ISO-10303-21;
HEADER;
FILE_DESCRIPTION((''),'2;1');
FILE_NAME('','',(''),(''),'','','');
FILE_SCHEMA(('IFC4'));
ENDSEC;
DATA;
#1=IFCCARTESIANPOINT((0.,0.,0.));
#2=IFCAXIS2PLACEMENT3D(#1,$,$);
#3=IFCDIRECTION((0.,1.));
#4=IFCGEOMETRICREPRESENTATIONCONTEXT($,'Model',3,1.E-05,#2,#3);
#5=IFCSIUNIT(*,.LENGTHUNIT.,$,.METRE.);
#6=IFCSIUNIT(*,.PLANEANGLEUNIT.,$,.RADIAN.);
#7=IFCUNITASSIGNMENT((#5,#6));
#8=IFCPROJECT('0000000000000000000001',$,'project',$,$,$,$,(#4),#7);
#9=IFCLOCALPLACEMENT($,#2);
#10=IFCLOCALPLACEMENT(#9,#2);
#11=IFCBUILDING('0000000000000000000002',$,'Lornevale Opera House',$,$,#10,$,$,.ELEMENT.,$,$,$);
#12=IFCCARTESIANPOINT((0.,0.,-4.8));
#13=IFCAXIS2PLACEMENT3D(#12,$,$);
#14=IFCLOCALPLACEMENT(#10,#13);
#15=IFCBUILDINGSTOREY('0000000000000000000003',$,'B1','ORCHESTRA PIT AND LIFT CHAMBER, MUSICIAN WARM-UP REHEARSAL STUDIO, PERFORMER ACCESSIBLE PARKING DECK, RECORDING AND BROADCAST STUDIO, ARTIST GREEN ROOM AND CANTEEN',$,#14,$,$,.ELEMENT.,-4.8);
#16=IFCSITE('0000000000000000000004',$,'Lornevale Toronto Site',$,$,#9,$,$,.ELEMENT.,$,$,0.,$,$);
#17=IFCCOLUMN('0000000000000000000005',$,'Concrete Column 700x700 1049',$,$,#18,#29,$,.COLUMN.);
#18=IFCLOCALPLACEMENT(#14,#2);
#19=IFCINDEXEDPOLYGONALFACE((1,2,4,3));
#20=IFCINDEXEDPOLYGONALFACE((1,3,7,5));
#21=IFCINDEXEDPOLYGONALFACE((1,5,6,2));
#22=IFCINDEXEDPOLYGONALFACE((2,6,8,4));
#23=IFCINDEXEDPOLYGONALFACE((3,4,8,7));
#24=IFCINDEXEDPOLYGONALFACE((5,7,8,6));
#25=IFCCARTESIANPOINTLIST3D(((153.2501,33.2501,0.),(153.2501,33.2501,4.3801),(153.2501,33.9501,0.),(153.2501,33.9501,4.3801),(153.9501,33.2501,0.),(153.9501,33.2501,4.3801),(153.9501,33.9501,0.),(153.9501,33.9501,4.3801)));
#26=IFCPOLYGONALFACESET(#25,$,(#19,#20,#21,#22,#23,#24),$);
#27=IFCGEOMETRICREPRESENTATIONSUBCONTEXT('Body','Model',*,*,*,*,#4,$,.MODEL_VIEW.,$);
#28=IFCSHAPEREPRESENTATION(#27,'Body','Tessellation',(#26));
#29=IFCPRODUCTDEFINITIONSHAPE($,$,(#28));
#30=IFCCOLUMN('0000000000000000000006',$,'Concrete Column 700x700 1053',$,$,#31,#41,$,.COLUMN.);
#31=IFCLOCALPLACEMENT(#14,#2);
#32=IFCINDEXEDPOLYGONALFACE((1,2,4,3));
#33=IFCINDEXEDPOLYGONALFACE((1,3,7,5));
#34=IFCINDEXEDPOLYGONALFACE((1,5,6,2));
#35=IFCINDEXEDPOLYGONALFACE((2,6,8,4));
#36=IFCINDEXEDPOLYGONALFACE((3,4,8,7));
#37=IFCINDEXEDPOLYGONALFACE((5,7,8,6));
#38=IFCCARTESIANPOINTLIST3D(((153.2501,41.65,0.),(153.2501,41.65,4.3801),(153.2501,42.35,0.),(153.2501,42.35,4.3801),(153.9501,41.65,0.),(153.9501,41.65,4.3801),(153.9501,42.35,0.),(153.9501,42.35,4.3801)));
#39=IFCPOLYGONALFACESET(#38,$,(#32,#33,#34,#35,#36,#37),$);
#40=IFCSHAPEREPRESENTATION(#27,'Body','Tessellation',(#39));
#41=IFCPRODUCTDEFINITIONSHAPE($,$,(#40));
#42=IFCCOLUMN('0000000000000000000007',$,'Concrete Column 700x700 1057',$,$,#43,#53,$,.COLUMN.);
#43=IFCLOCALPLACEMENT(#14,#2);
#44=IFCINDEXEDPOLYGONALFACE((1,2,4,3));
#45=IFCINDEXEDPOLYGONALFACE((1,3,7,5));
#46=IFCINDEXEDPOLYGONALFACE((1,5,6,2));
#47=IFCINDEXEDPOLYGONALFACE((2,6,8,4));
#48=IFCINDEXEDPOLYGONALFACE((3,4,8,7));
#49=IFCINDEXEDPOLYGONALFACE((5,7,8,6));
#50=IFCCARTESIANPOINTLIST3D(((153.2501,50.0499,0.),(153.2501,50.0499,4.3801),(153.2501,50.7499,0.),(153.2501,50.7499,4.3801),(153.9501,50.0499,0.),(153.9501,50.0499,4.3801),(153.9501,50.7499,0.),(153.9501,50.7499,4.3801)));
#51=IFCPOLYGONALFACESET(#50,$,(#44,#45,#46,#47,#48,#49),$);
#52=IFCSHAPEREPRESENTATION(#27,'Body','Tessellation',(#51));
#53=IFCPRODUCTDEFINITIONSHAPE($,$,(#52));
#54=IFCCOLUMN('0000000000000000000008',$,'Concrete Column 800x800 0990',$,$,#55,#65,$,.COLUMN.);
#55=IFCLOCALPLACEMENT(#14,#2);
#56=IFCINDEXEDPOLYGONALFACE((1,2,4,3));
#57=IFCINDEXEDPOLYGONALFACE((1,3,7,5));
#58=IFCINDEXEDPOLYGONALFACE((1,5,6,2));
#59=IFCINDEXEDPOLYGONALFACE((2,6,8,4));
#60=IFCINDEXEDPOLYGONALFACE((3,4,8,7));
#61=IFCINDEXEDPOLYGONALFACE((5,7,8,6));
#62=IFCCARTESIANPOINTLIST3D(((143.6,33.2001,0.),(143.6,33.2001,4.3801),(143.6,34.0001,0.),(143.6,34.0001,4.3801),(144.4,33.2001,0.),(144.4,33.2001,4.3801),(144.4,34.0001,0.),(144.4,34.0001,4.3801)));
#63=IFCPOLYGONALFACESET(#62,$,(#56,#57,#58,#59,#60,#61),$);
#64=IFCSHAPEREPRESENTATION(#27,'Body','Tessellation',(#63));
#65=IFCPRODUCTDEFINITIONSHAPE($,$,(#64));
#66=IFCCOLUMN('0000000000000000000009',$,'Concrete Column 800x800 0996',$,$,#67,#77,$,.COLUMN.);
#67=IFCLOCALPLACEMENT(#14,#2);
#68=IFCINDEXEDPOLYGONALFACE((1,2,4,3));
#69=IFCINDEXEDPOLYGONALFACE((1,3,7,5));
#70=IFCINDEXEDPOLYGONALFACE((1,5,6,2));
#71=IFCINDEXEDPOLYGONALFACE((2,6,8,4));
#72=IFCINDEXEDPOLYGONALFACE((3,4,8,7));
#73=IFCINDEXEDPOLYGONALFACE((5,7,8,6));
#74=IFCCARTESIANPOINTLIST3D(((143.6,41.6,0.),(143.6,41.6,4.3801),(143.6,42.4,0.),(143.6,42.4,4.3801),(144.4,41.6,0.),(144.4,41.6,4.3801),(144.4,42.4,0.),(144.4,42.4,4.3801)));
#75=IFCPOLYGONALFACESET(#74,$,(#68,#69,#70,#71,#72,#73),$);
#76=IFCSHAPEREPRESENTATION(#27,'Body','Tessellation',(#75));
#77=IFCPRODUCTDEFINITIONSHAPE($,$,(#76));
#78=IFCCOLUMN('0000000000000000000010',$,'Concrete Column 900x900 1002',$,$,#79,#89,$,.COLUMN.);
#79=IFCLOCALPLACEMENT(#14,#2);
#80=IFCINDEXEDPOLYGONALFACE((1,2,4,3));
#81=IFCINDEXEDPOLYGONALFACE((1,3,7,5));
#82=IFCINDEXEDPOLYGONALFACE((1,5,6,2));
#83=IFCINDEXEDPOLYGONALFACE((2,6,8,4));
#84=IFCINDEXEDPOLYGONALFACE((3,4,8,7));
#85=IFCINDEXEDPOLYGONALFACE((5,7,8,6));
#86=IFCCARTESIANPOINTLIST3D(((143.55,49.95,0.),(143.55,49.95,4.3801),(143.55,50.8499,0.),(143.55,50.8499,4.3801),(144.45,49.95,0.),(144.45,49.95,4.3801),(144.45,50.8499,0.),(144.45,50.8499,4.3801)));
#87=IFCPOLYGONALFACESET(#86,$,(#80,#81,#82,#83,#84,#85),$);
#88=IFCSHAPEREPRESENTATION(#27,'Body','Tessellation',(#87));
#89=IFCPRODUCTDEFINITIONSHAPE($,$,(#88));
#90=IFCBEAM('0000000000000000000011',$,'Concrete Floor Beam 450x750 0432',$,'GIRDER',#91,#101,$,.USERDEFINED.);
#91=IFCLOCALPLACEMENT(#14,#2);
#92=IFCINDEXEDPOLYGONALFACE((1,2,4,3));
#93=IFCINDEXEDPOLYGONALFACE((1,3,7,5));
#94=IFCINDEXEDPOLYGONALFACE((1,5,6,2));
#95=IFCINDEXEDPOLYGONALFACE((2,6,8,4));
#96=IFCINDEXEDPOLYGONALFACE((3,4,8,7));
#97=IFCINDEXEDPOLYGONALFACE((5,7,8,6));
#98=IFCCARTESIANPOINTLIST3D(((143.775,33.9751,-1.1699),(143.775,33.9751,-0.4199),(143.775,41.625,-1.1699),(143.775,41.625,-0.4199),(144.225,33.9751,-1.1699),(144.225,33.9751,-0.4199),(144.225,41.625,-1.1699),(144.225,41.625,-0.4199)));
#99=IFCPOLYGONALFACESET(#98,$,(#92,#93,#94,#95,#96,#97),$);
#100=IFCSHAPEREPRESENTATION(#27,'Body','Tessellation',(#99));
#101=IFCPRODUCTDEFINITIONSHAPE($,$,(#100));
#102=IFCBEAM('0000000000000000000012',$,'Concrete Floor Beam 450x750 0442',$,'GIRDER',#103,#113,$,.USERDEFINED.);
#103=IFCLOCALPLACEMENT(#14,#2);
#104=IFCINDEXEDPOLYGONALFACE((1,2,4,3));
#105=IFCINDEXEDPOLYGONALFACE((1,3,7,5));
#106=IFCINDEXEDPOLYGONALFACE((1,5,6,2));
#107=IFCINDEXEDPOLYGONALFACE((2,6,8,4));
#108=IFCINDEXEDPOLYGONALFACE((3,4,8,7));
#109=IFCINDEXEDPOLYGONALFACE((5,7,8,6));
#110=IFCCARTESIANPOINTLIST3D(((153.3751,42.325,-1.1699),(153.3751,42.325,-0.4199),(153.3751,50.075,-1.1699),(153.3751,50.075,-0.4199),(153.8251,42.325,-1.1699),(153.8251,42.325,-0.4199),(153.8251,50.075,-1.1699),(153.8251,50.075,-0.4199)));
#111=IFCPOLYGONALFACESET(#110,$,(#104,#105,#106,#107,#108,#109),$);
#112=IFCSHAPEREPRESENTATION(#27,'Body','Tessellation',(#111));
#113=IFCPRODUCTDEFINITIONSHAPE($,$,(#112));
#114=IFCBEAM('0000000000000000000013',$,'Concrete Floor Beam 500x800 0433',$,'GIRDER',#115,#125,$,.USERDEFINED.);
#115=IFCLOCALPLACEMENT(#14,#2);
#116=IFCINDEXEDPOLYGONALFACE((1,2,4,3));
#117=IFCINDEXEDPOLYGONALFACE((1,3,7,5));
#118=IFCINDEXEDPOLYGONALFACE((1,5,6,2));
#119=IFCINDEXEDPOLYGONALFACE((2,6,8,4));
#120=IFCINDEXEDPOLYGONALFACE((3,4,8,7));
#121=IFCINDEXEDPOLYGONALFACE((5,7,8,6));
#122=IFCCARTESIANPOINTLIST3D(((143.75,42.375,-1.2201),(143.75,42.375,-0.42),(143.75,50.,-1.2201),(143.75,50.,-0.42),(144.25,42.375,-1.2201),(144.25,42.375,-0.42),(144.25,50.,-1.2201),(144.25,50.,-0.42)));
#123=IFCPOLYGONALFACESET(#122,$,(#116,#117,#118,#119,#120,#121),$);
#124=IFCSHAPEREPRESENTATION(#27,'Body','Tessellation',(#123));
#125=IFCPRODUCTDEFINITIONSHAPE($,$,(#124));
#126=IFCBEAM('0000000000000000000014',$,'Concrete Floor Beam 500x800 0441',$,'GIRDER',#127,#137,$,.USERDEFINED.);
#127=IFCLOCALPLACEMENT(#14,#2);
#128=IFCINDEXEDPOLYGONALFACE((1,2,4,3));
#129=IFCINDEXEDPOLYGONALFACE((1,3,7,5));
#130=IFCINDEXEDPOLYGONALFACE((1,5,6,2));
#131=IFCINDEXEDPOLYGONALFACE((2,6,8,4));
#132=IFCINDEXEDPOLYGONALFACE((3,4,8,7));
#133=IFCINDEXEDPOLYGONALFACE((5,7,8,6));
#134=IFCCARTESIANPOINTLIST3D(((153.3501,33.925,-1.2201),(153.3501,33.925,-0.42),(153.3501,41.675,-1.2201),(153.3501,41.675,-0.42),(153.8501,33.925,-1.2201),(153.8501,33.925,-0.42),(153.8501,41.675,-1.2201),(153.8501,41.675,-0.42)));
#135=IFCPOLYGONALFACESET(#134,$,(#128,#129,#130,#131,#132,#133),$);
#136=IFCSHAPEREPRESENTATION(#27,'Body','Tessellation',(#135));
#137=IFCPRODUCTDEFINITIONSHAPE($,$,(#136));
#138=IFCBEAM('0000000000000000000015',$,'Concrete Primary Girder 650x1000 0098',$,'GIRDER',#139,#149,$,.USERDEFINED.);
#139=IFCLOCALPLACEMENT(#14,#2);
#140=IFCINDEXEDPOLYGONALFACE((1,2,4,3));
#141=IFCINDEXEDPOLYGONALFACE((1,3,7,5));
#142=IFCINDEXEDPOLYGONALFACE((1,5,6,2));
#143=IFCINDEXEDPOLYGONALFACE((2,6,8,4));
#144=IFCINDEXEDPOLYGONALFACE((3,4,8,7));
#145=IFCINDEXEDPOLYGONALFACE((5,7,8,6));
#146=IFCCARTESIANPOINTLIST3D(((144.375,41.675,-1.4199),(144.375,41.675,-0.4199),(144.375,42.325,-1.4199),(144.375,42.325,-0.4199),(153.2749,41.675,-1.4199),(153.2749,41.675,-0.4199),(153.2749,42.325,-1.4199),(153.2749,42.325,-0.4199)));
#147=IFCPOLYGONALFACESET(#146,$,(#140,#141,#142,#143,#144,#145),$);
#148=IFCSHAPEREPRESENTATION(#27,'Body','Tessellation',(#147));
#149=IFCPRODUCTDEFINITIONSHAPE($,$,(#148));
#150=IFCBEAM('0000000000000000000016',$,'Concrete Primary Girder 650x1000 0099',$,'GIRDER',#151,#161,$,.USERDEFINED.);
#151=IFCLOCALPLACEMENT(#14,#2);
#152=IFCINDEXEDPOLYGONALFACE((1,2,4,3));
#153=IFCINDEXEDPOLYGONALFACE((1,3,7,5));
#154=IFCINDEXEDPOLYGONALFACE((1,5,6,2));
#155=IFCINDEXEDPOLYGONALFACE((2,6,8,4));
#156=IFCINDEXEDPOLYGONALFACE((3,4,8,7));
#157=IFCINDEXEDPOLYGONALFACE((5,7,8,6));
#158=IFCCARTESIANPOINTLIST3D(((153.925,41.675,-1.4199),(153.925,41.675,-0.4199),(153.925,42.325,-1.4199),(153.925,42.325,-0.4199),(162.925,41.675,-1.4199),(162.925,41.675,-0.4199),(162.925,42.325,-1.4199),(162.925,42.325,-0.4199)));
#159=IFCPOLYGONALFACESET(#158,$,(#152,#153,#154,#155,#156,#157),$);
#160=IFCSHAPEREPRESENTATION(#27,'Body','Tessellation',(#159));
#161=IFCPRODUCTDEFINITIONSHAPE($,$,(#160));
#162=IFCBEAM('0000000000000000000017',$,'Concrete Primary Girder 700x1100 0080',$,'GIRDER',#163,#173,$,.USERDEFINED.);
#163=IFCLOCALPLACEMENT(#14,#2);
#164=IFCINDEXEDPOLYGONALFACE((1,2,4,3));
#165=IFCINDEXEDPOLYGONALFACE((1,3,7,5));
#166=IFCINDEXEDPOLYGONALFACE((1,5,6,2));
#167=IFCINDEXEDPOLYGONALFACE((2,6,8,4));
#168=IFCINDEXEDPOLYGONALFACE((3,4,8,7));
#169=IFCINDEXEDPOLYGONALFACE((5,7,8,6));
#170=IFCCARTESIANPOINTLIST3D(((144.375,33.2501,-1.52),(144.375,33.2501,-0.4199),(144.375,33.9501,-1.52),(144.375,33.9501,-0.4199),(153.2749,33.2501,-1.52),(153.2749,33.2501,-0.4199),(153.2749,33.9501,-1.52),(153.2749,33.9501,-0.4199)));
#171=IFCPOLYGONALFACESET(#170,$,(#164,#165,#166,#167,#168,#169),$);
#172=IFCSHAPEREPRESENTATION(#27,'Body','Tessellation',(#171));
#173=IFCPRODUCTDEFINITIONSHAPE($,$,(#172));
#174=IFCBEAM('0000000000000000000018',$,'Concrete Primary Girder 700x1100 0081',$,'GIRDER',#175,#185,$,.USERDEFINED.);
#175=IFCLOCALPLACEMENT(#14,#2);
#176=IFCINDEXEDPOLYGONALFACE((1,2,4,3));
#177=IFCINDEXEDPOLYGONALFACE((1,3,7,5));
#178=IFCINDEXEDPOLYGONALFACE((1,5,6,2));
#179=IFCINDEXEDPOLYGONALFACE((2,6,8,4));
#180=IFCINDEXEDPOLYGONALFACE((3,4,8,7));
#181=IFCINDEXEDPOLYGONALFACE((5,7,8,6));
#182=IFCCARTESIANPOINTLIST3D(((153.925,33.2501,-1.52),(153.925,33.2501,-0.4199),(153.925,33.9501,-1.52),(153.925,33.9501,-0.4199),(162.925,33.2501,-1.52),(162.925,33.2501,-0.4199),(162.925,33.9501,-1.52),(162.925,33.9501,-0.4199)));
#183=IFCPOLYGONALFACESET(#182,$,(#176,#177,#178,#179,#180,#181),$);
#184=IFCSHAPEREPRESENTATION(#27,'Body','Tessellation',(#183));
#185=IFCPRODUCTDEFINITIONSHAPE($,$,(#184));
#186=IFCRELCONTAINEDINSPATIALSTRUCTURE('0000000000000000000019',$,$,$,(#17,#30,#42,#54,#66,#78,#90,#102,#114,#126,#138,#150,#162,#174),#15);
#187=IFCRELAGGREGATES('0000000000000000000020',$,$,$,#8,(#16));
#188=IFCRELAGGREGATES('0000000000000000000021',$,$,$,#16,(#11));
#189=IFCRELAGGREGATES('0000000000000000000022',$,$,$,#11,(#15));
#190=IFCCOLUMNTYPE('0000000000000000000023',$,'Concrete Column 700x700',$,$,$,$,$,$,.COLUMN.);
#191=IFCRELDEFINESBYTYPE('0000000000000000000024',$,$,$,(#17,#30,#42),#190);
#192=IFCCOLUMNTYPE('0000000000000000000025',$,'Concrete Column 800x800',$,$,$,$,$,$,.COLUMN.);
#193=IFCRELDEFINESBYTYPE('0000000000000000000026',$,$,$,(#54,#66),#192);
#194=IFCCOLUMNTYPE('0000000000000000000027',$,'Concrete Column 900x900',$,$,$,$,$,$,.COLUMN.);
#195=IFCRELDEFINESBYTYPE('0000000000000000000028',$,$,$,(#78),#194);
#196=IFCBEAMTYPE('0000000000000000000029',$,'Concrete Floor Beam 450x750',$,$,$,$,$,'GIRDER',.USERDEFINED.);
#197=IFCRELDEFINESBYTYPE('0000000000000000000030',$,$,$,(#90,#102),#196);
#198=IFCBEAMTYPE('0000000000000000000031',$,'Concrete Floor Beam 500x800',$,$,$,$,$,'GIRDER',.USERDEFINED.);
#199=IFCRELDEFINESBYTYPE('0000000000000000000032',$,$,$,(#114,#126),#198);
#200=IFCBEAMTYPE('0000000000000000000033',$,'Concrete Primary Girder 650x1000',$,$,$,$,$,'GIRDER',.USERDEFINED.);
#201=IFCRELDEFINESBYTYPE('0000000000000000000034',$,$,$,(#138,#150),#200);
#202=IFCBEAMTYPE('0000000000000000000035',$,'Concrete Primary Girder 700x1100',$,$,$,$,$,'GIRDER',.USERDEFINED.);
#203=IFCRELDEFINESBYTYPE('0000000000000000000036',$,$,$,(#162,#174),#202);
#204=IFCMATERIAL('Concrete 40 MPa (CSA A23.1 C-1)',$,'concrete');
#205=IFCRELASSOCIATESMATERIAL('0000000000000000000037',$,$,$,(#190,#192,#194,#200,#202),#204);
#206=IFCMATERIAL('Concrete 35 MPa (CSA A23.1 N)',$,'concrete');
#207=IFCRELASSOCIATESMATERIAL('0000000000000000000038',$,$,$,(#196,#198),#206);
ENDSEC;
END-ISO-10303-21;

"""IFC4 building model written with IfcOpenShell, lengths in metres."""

from ifc_helpers import new_model, si_unit, direction, frame, origin, origin_2d, place, context, subcontext, project, spatial, rectangle, extrude, material, material_profile, profile_set, type_object, element, save


model = new_model("IFC4")

# Units and contexts
model_context = context("Model", 3, precision=1e-05, world=origin(), true_north=direction((0.0, 1.0)))
body_context = subcontext(model_context, "Body", "Model", "MODEL_VIEW")
ifc_project = project(units=[si_unit("LENGTHUNIT", "METRE"), si_unit("PLANEANGLEUNIT", "RADIAN")], contexts=[model_context])

# Site, building, storey
site_placement = place(None, origin())
site = spatial("IfcSite", under=ifc_project, at=site_placement, Name="Lornevale Toronto Site", CompositionType="ELEMENT", RefElevation=0.0)
building_placement = place(site_placement, origin())
building = spatial("IfcBuilding", under=site, at=building_placement, Name="Lornevale Opera House", CompositionType="ELEMENT")
storey_placement = place(building_placement, frame((0.0, 0.0, -4.8)))
storey = spatial("IfcBuildingStorey", under=building, at=storey_placement, Name="B1", Description="ORCHESTRA PIT AND LIFT CHAMBER, MUSICIAN WARM-UP REHEARSAL STUDIO, PERFORMER ACCESSIBLE PARKING DECK, RECORDING AND BROADCAST STUDIO, ARTIST GREEN ROOM AND CANTEEN", CompositionType="ELEMENT", Elevation=-4.8)

# Columns
ifc_material_1 = material(Name="Concrete 40 MPa (CSA A23.1 C-1)", Category="concrete")
ifc_material_profile_1 = material_profile(ifc_material_1, rectangle(XDim=0.7, YDim=0.7, at=origin_2d()), Name="RC700x700")
ifc_profile_set_1 = profile_set([ifc_material_profile_1], Name="Concrete 40 MPa (CSA A23.1 C-1)")
column_type_1 = type_object("IfcColumnType", Name="Concrete Column 700x700", PredefinedType="COLUMN", material=ifc_profile_set_1)
for number, where, z_axis, x_axis, name in (
    (1, (153.6001, 33.6001, 0.0), (0.0, 0.0, 1.0), (1.0, 0.0, 0.0), "Concrete Column 700x700 1049"),
    (2, (153.6001, 42.0, 0.0), (0.0, 0.0, 1.0), (1.0, 0.0, 0.0), "Concrete Column 700x700 1053"),
    (3, (153.6001, 50.3999, 0.0), (0.0, 0.0, 1.0), (1.0, 0.0, 0.0), "Concrete Column 700x700 1057"),
):
    element("IfcColumn", number, at=place(storey_placement, frame(where, z_axis=z_axis, x_axis=x_axis)), inside=storey, type_object=column_type_1, Name=name, PredefinedType="COLUMN", context=body_context, shape_type="SweptSolid", body=[
        extrude(rectangle(XDim=0.7, YDim=0.7, at=origin_2d()), origin(), (0.0, 0.0, 1.0), 4.3801),
    ])
ifc_material_profile_2 = material_profile(ifc_material_1, rectangle(XDim=0.8, YDim=0.8, at=origin_2d()), Name="RC800x800")
ifc_profile_set_2 = profile_set([ifc_material_profile_2], Name="Concrete 40 MPa (CSA A23.1 C-1)")
column_type_2 = type_object("IfcColumnType", Name="Concrete Column 800x800", PredefinedType="COLUMN", material=ifc_profile_set_2)
for number, where, z_axis, x_axis, name in (
    (4, (144.0, 33.6001, 0.0), (0.0, 0.0, 1.0), (1.0, 0.0, 0.0), "Concrete Column 800x800 0990"),
    (5, (144.0, 42.0, 0.0), (0.0, 0.0, 1.0), (1.0, 0.0, 0.0), "Concrete Column 800x800 0996"),
):
    element("IfcColumn", number, at=place(storey_placement, frame(where, z_axis=z_axis, x_axis=x_axis)), inside=storey, type_object=column_type_2, Name=name, PredefinedType="COLUMN", context=body_context, shape_type="SweptSolid", body=[
        extrude(rectangle(XDim=0.8, YDim=0.8, at=origin_2d()), origin(), (0.0, 0.0, 1.0), 4.3801),
    ])
ifc_material_profile_3 = material_profile(ifc_material_1, rectangle(XDim=0.8999, YDim=0.8999, at=origin_2d()), Name="RC900x900")
ifc_profile_set_3 = profile_set([ifc_material_profile_3], Name="Concrete 40 MPa (CSA A23.1 C-1)")
column_type_3 = type_object("IfcColumnType", Name="Concrete Column 900x900", PredefinedType="COLUMN", material=ifc_profile_set_3)
column_placement = place(storey_placement, frame((144.0, 50.3999, 0.0), z_axis=(0.0, 0.0, 1.0), x_axis=(1.0, 0.0, 0.0)))
element("IfcColumn", 6, at=column_placement, inside=storey, type_object=column_type_3, Name="Concrete Column 900x900 1002", PredefinedType="COLUMN", context=body_context, shape_type="SweptSolid", body=[
    extrude(rectangle(XDim=0.8999, YDim=0.8999, at=origin_2d()), origin(), (0.0, 0.0, 1.0), 4.3801),
])

# Beams
ifc_material_2 = material(Name="Concrete 35 MPa (CSA A23.1 N)", Category="concrete")
ifc_material_profile_4 = material_profile(ifc_material_2, rectangle(XDim=0.45, YDim=0.75, at=origin_2d()), Name="RC450x750")
ifc_profile_set_4 = profile_set([ifc_material_profile_4], Name="Concrete 35 MPa (CSA A23.1 N)")
beam_type_1 = type_object("IfcBeamType", Name="Concrete Floor Beam 450x750", ElementType="GIRDER", PredefinedType="USERDEFINED", material=ifc_profile_set_4)
beam_1_placement = place(storey_placement, frame((144.0, 33.9751, -0.7949), z_axis=(0.0, 1.0, 0.0), x_axis=(-1.0, 0.0, 0.0)))
element("IfcBeam", 7, at=beam_1_placement, inside=storey, type_object=beam_type_1, Name="Concrete Floor Beam 450x750 0432", ObjectType="GIRDER", PredefinedType="USERDEFINED", context=body_context, shape_type="SweptSolid", body=[
    extrude(rectangle(XDim=0.45, YDim=0.75, at=origin_2d()), origin(), (0.0, 0.0, 1.0), 7.6499),
])
beam_2_placement = place(storey_placement, frame((153.6001, 42.325, -0.7949), z_axis=(0.0, 1.0, 0.0), x_axis=(-1.0, 0.0, 0.0)))
element("IfcBeam", 8, at=beam_2_placement, inside=storey, type_object=beam_type_1, Name="Concrete Floor Beam 450x750 0442", ObjectType="GIRDER", PredefinedType="USERDEFINED", context=body_context, shape_type="SweptSolid", body=[
    extrude(rectangle(XDim=0.45, YDim=0.75, at=origin_2d()), origin(), (0.0, 0.0, 1.0), 7.75),
])
ifc_material_profile_5 = material_profile(ifc_material_2, rectangle(XDim=0.5, YDim=0.8, at=origin_2d()), Name="RC500x800")
ifc_profile_set_5 = profile_set([ifc_material_profile_5], Name="Concrete 35 MPa (CSA A23.1 N)")
beam_type_2 = type_object("IfcBeamType", Name="Concrete Floor Beam 500x800", ElementType="GIRDER", PredefinedType="USERDEFINED", material=ifc_profile_set_5)
beam_3_placement = place(storey_placement, frame((144.0, 42.375, -0.8201), z_axis=(0.0, 1.0, 0.0), x_axis=(-1.0, 0.0, 0.0)))
element("IfcBeam", 9, at=beam_3_placement, inside=storey, type_object=beam_type_2, Name="Concrete Floor Beam 500x800 0433", ObjectType="GIRDER", PredefinedType="USERDEFINED", context=body_context, shape_type="SweptSolid", body=[
    extrude(rectangle(XDim=0.5, YDim=0.8, at=origin_2d()), origin(), (0.0, 0.0, 1.0), 7.625),
])
beam_4_placement = place(storey_placement, frame((153.6001, 33.925, -0.8201), z_axis=(0.0, 1.0, 0.0), x_axis=(-1.0, 0.0, 0.0)))
element("IfcBeam", 10, at=beam_4_placement, inside=storey, type_object=beam_type_2, Name="Concrete Floor Beam 500x800 0441", ObjectType="GIRDER", PredefinedType="USERDEFINED", context=body_context, shape_type="SweptSolid", body=[
    extrude(rectangle(XDim=0.5, YDim=0.8, at=origin_2d()), origin(), (0.0, 0.0, 1.0), 7.75),
])
ifc_material_profile_6 = material_profile(ifc_material_1, rectangle(XDim=0.6499, YDim=1.0, at=origin_2d()), Name="RC650x1000")
ifc_profile_set_6 = profile_set([ifc_material_profile_6], Name="Concrete 40 MPa (CSA A23.1 C-1)")
beam_type_3 = type_object("IfcBeamType", Name="Concrete Primary Girder 650x1000", ElementType="GIRDER", PredefinedType="USERDEFINED", material=ifc_profile_set_6)
beam_5_placement = place(storey_placement, frame((144.375, 42.0, -0.9199), z_axis=(1.0, 0.0, 0.0), x_axis=(0.0, 1.0, 0.0)))
element("IfcBeam", 11, at=beam_5_placement, inside=storey, type_object=beam_type_3, Name="Concrete Primary Girder 650x1000 0098", ObjectType="GIRDER", PredefinedType="USERDEFINED", context=body_context, shape_type="SweptSolid", body=[
    extrude(rectangle(XDim=0.6499, YDim=1.0, at=origin_2d()), origin(), (0.0, 0.0, 1.0), 8.8999),
])
beam_6_placement = place(storey_placement, frame((153.925, 42.0, -0.9199), z_axis=(1.0, 0.0, 0.0), x_axis=(0.0, 1.0, 0.0)))
element("IfcBeam", 12, at=beam_6_placement, inside=storey, type_object=beam_type_3, Name="Concrete Primary Girder 650x1000 0099", ObjectType="GIRDER", PredefinedType="USERDEFINED", context=body_context, shape_type="SweptSolid", body=[
    extrude(rectangle(XDim=0.6499, YDim=1.0, at=origin_2d()), origin(), (0.0, 0.0, 1.0), 9.0),
])
ifc_material_profile_7 = material_profile(ifc_material_1, rectangle(XDim=0.7, YDim=1.1001, at=origin_2d()), Name="RC700x1100")
ifc_profile_set_7 = profile_set([ifc_material_profile_7], Name="Concrete 40 MPa (CSA A23.1 C-1)")
beam_type_4 = type_object("IfcBeamType", Name="Concrete Primary Girder 700x1100", ElementType="GIRDER", PredefinedType="USERDEFINED", material=ifc_profile_set_7)
beam_7_placement = place(storey_placement, frame((144.375, 33.6001, -0.97), z_axis=(1.0, 0.0, 0.0), x_axis=(0.0, 1.0, 0.0)))
element("IfcBeam", 13, at=beam_7_placement, inside=storey, type_object=beam_type_4, Name="Concrete Primary Girder 700x1100 0080", ObjectType="GIRDER", PredefinedType="USERDEFINED", context=body_context, shape_type="SweptSolid", body=[
    extrude(rectangle(XDim=0.7, YDim=1.1001, at=origin_2d()), origin(), (0.0, 0.0, 1.0), 8.8999),
])
beam_8_placement = place(storey_placement, frame((153.925, 33.6001, -0.97), z_axis=(1.0, 0.0, 0.0), x_axis=(0.0, 1.0, 0.0)))
element("IfcBeam", 14, at=beam_8_placement, inside=storey, type_object=beam_type_4, Name="Concrete Primary Girder 700x1100 0081", ObjectType="GIRDER", PredefinedType="USERDEFINED", context=body_context, shape_type="SweptSolid", body=[
    extrude(rectangle(XDim=0.7, YDim=1.1001, at=origin_2d()), origin(), (0.0, 0.0, 1.0), 9.0),
])

save(model, "model.ifc")
